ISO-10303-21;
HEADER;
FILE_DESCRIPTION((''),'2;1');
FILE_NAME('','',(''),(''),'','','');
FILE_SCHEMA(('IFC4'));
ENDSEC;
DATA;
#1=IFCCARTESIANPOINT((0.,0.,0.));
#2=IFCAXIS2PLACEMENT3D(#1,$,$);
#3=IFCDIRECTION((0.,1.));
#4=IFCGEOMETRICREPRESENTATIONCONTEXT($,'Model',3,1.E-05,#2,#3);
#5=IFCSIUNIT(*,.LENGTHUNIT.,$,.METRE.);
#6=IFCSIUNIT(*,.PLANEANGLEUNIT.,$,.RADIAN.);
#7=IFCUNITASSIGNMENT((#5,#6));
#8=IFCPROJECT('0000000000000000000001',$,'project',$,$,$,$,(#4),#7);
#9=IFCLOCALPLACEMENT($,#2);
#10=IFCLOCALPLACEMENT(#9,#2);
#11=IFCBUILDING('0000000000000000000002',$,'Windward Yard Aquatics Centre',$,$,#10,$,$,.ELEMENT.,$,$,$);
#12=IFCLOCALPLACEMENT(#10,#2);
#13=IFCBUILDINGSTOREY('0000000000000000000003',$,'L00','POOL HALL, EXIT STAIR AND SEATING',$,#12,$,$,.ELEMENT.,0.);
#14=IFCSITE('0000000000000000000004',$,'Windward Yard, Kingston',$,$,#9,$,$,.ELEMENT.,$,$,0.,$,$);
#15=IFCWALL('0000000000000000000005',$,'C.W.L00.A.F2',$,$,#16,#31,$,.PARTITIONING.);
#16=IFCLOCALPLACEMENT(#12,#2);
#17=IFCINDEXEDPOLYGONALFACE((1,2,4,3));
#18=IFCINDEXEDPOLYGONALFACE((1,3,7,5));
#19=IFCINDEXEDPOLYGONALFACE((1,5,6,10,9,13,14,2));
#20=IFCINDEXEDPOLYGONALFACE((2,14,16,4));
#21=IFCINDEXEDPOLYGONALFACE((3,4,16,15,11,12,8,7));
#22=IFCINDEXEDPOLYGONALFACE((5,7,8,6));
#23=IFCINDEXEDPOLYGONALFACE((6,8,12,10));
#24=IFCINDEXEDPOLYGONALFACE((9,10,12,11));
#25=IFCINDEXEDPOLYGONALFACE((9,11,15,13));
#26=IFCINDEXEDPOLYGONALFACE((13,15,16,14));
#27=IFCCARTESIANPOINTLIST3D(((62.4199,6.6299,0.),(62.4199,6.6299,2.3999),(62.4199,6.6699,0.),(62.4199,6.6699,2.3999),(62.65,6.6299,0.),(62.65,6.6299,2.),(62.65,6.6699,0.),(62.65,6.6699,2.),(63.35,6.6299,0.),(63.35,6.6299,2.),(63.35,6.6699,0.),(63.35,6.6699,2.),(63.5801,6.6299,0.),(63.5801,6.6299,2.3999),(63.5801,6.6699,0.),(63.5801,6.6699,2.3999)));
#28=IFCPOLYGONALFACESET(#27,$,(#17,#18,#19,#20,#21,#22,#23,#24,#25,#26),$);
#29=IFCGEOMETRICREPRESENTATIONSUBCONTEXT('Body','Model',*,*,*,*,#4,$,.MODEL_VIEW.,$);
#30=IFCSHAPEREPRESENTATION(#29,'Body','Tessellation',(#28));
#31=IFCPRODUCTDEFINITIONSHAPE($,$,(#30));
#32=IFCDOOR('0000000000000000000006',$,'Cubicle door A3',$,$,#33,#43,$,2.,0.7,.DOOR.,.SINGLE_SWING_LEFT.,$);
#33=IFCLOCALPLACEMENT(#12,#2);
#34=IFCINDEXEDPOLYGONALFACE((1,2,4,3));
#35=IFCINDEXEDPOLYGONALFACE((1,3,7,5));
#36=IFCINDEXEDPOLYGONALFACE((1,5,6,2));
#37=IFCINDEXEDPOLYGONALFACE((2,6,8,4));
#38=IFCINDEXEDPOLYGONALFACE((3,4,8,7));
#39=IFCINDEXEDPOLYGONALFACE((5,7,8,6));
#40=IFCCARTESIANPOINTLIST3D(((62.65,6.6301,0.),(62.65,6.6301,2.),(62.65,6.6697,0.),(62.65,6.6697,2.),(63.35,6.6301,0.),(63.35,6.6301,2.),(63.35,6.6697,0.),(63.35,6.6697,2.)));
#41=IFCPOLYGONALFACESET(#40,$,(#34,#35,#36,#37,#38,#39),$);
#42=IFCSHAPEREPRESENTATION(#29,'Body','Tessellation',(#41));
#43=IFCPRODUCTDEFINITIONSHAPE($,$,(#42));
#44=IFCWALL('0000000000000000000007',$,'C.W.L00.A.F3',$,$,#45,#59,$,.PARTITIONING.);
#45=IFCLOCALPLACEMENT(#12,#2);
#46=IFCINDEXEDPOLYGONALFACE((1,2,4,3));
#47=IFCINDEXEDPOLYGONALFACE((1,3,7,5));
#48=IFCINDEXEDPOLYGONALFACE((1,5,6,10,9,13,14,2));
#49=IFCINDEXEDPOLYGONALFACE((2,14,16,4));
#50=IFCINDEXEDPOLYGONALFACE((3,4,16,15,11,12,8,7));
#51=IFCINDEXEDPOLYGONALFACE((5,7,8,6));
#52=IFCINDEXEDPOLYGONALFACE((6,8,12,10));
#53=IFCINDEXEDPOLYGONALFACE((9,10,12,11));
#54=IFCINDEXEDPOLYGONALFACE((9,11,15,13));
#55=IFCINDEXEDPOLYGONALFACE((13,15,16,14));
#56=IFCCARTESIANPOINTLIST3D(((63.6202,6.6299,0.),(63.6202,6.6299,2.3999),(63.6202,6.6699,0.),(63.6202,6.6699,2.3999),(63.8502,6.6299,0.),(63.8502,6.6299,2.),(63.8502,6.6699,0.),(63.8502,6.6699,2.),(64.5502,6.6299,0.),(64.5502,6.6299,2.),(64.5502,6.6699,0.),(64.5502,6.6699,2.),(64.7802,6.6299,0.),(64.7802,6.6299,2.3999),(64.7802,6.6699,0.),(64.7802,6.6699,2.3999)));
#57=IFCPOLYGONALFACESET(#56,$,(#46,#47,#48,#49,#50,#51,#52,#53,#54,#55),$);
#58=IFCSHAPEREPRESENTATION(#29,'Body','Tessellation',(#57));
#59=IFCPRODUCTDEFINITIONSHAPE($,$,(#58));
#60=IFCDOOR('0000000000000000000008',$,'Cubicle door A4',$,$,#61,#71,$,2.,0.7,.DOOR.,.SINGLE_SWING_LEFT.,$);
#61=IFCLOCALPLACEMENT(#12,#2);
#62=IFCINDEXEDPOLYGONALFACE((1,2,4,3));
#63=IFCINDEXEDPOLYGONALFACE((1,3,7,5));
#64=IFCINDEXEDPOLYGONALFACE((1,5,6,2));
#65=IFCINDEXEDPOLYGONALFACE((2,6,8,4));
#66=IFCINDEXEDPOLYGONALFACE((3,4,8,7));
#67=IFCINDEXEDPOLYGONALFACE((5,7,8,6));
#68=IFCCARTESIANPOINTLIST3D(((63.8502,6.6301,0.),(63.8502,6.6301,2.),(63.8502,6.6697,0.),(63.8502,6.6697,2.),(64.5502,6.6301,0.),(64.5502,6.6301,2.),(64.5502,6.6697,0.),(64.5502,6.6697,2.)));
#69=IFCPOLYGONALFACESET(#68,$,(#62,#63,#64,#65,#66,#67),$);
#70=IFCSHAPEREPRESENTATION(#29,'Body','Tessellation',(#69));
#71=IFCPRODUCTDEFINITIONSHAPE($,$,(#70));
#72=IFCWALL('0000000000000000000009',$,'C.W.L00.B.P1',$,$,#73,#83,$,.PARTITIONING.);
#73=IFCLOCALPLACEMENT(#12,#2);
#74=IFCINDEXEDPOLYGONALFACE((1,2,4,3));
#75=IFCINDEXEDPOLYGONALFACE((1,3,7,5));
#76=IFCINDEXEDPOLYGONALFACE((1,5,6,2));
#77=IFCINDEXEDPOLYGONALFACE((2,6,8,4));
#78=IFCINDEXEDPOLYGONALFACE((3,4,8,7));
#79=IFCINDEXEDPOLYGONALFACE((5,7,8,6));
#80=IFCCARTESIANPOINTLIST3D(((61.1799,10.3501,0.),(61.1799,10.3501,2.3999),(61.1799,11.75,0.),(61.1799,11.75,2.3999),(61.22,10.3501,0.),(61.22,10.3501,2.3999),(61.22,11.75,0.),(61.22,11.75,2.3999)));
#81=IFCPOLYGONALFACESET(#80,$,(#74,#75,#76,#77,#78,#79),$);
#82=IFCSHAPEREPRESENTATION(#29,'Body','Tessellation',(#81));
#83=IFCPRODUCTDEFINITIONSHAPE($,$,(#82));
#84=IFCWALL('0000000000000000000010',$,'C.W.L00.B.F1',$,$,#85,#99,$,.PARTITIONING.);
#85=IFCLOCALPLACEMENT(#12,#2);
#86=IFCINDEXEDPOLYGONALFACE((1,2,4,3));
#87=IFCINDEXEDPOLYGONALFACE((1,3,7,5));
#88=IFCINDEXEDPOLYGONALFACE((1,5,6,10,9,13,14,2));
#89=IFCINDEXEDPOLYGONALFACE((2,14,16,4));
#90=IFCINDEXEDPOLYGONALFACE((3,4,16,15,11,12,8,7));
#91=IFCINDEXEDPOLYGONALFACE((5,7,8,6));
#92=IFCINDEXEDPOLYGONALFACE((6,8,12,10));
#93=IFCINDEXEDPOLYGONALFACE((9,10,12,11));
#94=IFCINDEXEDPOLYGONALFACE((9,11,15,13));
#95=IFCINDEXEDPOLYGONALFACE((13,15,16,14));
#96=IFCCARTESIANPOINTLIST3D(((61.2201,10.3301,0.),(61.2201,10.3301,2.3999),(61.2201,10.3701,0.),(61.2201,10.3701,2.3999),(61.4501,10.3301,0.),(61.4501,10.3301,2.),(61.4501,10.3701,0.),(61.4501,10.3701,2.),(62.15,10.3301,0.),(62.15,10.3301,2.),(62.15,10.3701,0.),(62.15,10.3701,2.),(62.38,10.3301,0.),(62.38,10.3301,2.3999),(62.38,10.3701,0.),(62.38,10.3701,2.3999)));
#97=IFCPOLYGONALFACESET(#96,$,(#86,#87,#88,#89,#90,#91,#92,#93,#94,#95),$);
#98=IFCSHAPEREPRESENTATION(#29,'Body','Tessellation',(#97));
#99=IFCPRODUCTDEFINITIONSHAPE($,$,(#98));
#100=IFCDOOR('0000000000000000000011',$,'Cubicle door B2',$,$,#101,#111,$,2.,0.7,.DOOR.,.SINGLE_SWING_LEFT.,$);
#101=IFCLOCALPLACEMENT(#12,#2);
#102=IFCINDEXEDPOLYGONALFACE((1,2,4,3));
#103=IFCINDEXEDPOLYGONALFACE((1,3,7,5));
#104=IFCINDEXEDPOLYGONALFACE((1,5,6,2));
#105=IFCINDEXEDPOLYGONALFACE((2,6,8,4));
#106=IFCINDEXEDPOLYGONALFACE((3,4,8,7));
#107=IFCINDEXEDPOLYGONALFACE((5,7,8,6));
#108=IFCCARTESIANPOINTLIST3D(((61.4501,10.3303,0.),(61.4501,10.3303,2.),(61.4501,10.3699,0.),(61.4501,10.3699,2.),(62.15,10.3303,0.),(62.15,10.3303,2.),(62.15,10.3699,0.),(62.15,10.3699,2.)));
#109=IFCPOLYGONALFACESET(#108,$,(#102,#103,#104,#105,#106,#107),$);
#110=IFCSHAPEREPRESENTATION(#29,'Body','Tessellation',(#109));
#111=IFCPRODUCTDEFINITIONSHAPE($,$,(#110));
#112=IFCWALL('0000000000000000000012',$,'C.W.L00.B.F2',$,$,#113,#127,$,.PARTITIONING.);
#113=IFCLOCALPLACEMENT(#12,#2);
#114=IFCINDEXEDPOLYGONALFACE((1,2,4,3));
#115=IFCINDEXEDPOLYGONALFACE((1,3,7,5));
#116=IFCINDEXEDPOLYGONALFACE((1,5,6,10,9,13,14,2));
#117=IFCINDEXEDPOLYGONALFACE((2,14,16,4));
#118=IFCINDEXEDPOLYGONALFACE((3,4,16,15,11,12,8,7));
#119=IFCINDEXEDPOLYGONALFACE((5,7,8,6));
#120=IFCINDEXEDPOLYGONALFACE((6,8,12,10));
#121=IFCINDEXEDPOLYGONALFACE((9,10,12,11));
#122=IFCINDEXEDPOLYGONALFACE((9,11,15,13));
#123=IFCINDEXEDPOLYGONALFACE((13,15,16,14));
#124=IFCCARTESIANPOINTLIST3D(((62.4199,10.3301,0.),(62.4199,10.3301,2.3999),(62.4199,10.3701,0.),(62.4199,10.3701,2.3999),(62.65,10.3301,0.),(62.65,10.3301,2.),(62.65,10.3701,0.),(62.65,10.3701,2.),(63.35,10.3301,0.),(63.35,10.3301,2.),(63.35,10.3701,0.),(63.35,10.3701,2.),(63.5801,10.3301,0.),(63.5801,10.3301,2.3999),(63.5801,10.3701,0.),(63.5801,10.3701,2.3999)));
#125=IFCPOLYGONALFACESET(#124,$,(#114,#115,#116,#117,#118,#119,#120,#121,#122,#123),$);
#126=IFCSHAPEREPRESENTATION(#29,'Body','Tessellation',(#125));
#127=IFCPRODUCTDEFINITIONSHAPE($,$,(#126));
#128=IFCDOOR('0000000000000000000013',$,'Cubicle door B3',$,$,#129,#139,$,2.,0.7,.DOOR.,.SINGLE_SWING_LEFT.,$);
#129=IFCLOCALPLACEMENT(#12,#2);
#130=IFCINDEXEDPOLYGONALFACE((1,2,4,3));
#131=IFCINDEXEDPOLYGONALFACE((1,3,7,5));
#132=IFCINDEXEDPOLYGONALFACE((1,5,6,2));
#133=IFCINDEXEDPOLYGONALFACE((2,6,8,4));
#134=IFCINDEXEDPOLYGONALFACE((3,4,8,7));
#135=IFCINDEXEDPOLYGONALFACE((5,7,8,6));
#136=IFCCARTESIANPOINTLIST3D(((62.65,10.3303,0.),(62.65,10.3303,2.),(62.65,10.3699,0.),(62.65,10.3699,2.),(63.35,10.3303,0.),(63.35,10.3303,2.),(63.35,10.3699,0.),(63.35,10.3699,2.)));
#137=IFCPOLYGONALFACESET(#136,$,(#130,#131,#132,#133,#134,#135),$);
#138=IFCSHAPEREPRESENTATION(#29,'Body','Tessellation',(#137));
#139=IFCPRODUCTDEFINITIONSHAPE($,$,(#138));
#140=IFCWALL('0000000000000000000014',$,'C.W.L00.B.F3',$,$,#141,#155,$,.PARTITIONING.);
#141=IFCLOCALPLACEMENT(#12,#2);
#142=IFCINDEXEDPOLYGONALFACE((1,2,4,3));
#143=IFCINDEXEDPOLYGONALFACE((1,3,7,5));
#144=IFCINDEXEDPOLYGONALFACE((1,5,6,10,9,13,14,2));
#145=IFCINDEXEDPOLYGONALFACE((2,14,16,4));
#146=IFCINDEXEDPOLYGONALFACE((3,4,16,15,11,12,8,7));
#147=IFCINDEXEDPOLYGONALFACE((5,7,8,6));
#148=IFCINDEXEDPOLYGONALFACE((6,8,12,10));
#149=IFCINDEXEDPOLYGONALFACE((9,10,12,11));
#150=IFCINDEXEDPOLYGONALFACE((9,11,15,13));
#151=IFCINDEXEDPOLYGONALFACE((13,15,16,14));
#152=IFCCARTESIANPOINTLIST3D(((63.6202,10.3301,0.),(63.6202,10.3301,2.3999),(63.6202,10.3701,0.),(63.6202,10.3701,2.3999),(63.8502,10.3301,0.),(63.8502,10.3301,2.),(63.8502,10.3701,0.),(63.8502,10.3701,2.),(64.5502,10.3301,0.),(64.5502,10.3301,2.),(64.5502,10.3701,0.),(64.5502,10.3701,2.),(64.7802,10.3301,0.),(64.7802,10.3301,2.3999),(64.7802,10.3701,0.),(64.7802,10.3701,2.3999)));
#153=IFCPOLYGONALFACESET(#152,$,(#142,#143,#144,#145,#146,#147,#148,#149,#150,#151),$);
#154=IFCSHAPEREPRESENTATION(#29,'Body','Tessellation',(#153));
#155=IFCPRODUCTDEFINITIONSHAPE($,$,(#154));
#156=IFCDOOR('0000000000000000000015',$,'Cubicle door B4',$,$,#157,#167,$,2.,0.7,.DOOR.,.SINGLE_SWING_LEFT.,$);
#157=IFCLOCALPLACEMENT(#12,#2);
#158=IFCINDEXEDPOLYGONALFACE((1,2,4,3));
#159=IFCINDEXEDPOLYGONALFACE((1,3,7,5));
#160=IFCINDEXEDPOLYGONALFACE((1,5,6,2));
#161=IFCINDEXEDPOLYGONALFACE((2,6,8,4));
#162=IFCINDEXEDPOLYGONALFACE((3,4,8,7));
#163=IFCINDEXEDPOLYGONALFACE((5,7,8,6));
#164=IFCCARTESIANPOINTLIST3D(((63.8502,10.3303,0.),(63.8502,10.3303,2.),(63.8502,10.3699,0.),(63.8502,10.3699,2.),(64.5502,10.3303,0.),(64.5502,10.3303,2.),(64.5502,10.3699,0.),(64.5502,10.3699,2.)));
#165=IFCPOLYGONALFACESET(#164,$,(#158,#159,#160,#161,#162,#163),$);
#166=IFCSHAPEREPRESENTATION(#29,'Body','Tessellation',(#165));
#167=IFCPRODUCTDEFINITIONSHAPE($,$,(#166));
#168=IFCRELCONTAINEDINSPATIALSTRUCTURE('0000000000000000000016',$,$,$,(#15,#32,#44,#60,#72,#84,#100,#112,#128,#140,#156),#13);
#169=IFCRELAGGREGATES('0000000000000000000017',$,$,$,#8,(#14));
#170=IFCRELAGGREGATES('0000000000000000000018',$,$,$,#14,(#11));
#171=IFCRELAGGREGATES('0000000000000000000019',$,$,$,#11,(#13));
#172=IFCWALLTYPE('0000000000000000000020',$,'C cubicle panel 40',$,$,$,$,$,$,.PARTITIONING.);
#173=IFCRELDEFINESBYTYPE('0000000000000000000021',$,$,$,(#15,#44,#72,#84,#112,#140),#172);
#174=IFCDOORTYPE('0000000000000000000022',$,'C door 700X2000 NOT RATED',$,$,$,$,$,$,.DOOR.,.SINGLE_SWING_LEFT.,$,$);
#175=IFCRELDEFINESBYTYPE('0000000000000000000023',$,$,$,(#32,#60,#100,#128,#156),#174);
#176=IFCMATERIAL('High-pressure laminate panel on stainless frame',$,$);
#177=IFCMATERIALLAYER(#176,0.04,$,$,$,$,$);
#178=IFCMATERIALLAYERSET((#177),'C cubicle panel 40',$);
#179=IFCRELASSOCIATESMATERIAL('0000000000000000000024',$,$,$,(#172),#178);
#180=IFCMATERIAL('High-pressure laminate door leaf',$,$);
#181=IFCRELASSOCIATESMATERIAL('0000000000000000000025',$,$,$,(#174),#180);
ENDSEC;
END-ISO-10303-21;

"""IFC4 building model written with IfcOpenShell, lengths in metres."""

from ifc_helpers import new_model, si_unit, direction, frame, frame_2d, origin, place, context, subcontext, project, spatial, rectangle, extrude, material, layer, layer_set, type_object, element, fill, save


model = new_model("IFC4")

# Units and contexts
model_context = context("Model", 3, precision=1e-05, world=origin(), true_north=direction((0.0, 1.0)))
body_context = subcontext(model_context, "Body", "Model", "MODEL_VIEW")
ifc_project = project(units=[si_unit("LENGTHUNIT", "METRE"), si_unit("PLANEANGLEUNIT", "RADIAN")], contexts=[model_context])

# Site, building, storey
site_placement = place(None, origin())
site = spatial("IfcSite", under=ifc_project, at=site_placement, Name="Windward Yard, Kingston", CompositionType="ELEMENT", RefElevation=0.0)
building_placement = place(site_placement, origin())
building = spatial("IfcBuilding", under=site, at=building_placement, Name="Windward Yard Aquatics Centre", CompositionType="ELEMENT")
storey_placement = place(building_placement, origin())
storey = spatial("IfcBuildingStorey", under=building, at=storey_placement, Name="L00", Description="POOL HALL, EXIT STAIR AND SEATING", CompositionType="ELEMENT", Elevation=0.0)

# Shared definitions
ifc_material_1 = material(Name="High-pressure laminate panel on stainless frame")
ifc_layer_1 = layer(ifc_material_1, 0.04)
ifc_layer_set_1 = layer_set([ifc_layer_1], Name="C cubicle panel 40")
wall_type_1 = type_object("IfcWallType", Name="C cubicle panel 40", PredefinedType="PARTITIONING", material=ifc_layer_set_1)

# Walls, openings, doors
ifc_material_2 = material(Name="High-pressure laminate door leaf")
door_type = type_object("IfcDoorType", Name="C door 700X2000 NOT RATED", OperationType="SINGLE_SWING_LEFT", PredefinedType="DOOR", material=ifc_material_2)
wall_1_placement = place(storey_placement, frame((62.4199, 6.6499, 0.0), z_axis=(0.0, 0.0, 1.0), x_axis=(1.0, 0.0, 0.0)))
wall_1 = element("IfcWall", 1, at=wall_1_placement, inside=storey, type_object=wall_type_1, Name="C.W.L00.A.F2", PredefinedType="PARTITIONING", context=body_context, shape_type="SweptSolid", body=[
    extrude(rectangle(XDim=1.1602, YDim=0.04, at=frame_2d((0.5801, 0.0))), origin(), (0.0, 0.0, 1.0), 2.3999),
])
opening_1_placement = place(wall_1_placement, frame((0.23, 0.0, 0.0)))
opening_1 = element("IfcOpeningElement", 2, at=opening_1_placement, cuts=wall_1, PredefinedType="OPENING", context=body_context, shape_type="SweptSolid", body=[
    extrude(rectangle(XDim=0.7, YDim=2.0, at=frame_2d((0.3501, 1.0))), frame((0.0, 0.03, 0.0), z_axis=(0.0, -1.0, 0.0), x_axis=(1.0, 0.0, 0.0)), (0.0, 0.0, 1.0), 0.0601),
])
door_1_placement = place(opening_1_placement, origin())
door_1 = element("IfcDoor", 3, at=door_1_placement, inside=storey, type_object=door_type, Name="Cubicle door A3", OperationType="SINGLE_SWING_LEFT", OverallHeight=2.0, OverallWidth=0.7, PredefinedType="DOOR", context=body_context, shape_type="SweptSolid", body=[
    extrude(rectangle(XDim=0.7, YDim=2.0, at=frame_2d((0.3501, 1.0))), frame((0.0, 0.0198, 0.0), z_axis=(0.0, -1.0, 0.0), x_axis=(1.0, 0.0, 0.0)), (0.0, 0.0, 1.0), 0.0396),
])
fill(opening_1, door_1)
wall_2_placement = place(storey_placement, frame((63.6201, 6.6499, 0.0), z_axis=(0.0, 0.0, 1.0), x_axis=(1.0, 0.0, 0.0)))
wall_2 = element("IfcWall", 4, at=wall_2_placement, inside=storey, type_object=wall_type_1, Name="C.W.L00.A.F3", PredefinedType="PARTITIONING", context=body_context, shape_type="SweptSolid", body=[
    extrude(rectangle(XDim=1.1599, YDim=0.04, at=frame_2d((0.5801, 0.0))), origin(), (0.0, 0.0, 1.0), 2.3999),
])
opening_2_placement = place(wall_2_placement, frame((0.23, 0.0, 0.0)))
opening_2 = element("IfcOpeningElement", 5, at=opening_2_placement, cuts=wall_2, PredefinedType="OPENING", context=body_context, shape_type="SweptSolid", body=[
    extrude(rectangle(XDim=0.7, YDim=2.0, at=frame_2d((0.3501, 1.0))), frame((0.0, 0.03, 0.0), z_axis=(0.0, -1.0, 0.0), x_axis=(1.0, 0.0, 0.0)), (0.0, 0.0, 1.0), 0.0601),
])
door_2_placement = place(opening_2_placement, origin())
door_2 = element("IfcDoor", 6, at=door_2_placement, inside=storey, type_object=door_type, Name="Cubicle door A4", OperationType="SINGLE_SWING_LEFT", OverallHeight=2.0, OverallWidth=0.7, PredefinedType="DOOR", context=body_context, shape_type="SweptSolid", body=[
    extrude(rectangle(XDim=0.7, YDim=2.0, at=frame_2d((0.3501, 1.0))), frame((0.0, 0.0198, 0.0), z_axis=(0.0, -1.0, 0.0), x_axis=(1.0, 0.0, 0.0)), (0.0, 0.0, 1.0), 0.0396),
])
fill(opening_2, door_2)

# Wall
wall_3_placement = place(storey_placement, frame((61.2, 11.75, 0.0), z_axis=(0.0, 0.0, 1.0), x_axis=(0.0, -1.0, 0.0)))
element("IfcWall", 7, at=wall_3_placement, inside=storey, type_object=wall_type_1, Name="C.W.L00.B.P1", PredefinedType="PARTITIONING", context=body_context, shape_type="SweptSolid", body=[
    extrude(rectangle(XDim=1.3999, YDim=0.04, at=frame_2d((0.7, 0.0))), origin(), (0.0, 0.0, 1.0), 2.3999),
])

# Walls, openings, doors
wall_4_placement = place(storey_placement, frame((61.22, 10.3501, 0.0), z_axis=(0.0, 0.0, 1.0), x_axis=(1.0, 0.0, 0.0)))
wall_4 = element("IfcWall", 8, at=wall_4_placement, inside=storey, type_object=wall_type_1, Name="C.W.L00.B.F1", PredefinedType="PARTITIONING", context=body_context, shape_type="SweptSolid", body=[
    extrude(rectangle(XDim=1.1599, YDim=0.04, at=frame_2d((0.5801, 0.0))), origin(), (0.0, 0.0, 1.0), 2.3999),
])
opening_3_placement = place(wall_4_placement, frame((0.23, 0.0, 0.0)))
opening_3 = element("IfcOpeningElement", 9, at=opening_3_placement, cuts=wall_4, PredefinedType="OPENING", context=body_context, shape_type="SweptSolid", body=[
    extrude(rectangle(XDim=0.7, YDim=2.0, at=frame_2d((0.3501, 1.0))), frame((0.0, 0.03, 0.0), z_axis=(0.0, -1.0, 0.0), x_axis=(1.0, 0.0, 0.0)), (0.0, 0.0, 1.0), 0.0601),
])
door_3_placement = place(opening_3_placement, origin())
door_3 = element("IfcDoor", 10, at=door_3_placement, inside=storey, type_object=door_type, Name="Cubicle door B2", OperationType="SINGLE_SWING_LEFT", OverallHeight=2.0, OverallWidth=0.7, PredefinedType="DOOR", context=body_context, shape_type="SweptSolid", body=[
    extrude(rectangle(XDim=0.7, YDim=2.0, at=frame_2d((0.3501, 1.0))), frame((0.0, 0.0198, 0.0), z_axis=(0.0, -1.0, 0.0), x_axis=(1.0, 0.0, 0.0)), (0.0, 0.0, 1.0), 0.0396),
])
fill(opening_3, door_3)
wall_5_placement = place(storey_placement, frame((62.4199, 10.3501, 0.0), z_axis=(0.0, 0.0, 1.0), x_axis=(1.0, 0.0, 0.0)))
wall_5 = element("IfcWall", 11, at=wall_5_placement, inside=storey, type_object=wall_type_1, Name="C.W.L00.B.F2", PredefinedType="PARTITIONING", context=body_context, shape_type="SweptSolid", body=[
    extrude(rectangle(XDim=1.1602, YDim=0.04, at=frame_2d((0.5801, 0.0))), origin(), (0.0, 0.0, 1.0), 2.3999),
])
opening_4_placement = place(wall_5_placement, frame((0.23, 0.0, 0.0)))
opening_4 = element("IfcOpeningElement", 12, at=opening_4_placement, cuts=wall_5, PredefinedType="OPENING", context=body_context, shape_type="SweptSolid", body=[
    extrude(rectangle(XDim=0.7, YDim=2.0, at=frame_2d((0.3501, 1.0))), frame((0.0, 0.03, 0.0), z_axis=(0.0, -1.0, 0.0), x_axis=(1.0, 0.0, 0.0)), (0.0, 0.0, 1.0), 0.0601),
])
door_4_placement = place(opening_4_placement, origin())
door_4 = element("IfcDoor", 13, at=door_4_placement, inside=storey, type_object=door_type, Name="Cubicle door B3", OperationType="SINGLE_SWING_LEFT", OverallHeight=2.0, OverallWidth=0.7, PredefinedType="DOOR", context=body_context, shape_type="SweptSolid", body=[
    extrude(rectangle(XDim=0.7, YDim=2.0, at=frame_2d((0.3501, 1.0))), frame((0.0, 0.0198, 0.0), z_axis=(0.0, -1.0, 0.0), x_axis=(1.0, 0.0, 0.0)), (0.0, 0.0, 1.0), 0.0396),
])
fill(opening_4, door_4)
wall_6_placement = place(storey_placement, frame((63.6201, 10.3501, 0.0), z_axis=(0.0, 0.0, 1.0), x_axis=(1.0, 0.0, 0.0)))
wall_6 = element("IfcWall", 14, at=wall_6_placement, inside=storey, type_object=wall_type_1, Name="C.W.L00.B.F3", PredefinedType="PARTITIONING", context=body_context, shape_type="SweptSolid", body=[
    extrude(rectangle(XDim=1.1599, YDim=0.04, at=frame_2d((0.5801, 0.0))), origin(), (0.0, 0.0, 1.0), 2.3999),
])
opening_5_placement = place(wall_6_placement, frame((0.23, 0.0, 0.0)))
opening_5 = element("IfcOpeningElement", 15, at=opening_5_placement, cuts=wall_6, PredefinedType="OPENING", context=body_context, shape_type="SweptSolid", body=[
    extrude(rectangle(XDim=0.7, YDim=2.0, at=frame_2d((0.3501, 1.0))), frame((0.0, 0.03, 0.0), z_axis=(0.0, -1.0, 0.0), x_axis=(1.0, 0.0, 0.0)), (0.0, 0.0, 1.0), 0.0601),
])
door_5_placement = place(opening_5_placement, origin())
door_5 = element("IfcDoor", 16, at=door_5_placement, inside=storey, type_object=door_type, Name="Cubicle door B4", OperationType="SINGLE_SWING_LEFT", OverallHeight=2.0, OverallWidth=0.7, PredefinedType="DOOR", context=body_context, shape_type="SweptSolid", body=[
    extrude(rectangle(XDim=0.7, YDim=2.0, at=frame_2d((0.3501, 1.0))), frame((0.0, 0.0198, 0.0), z_axis=(0.0, -1.0, 0.0), x_axis=(1.0, 0.0, 0.0)), (0.0, 0.0, 1.0), 0.0396),
])
fill(opening_5, door_5)

save(model, "model.ifc")
